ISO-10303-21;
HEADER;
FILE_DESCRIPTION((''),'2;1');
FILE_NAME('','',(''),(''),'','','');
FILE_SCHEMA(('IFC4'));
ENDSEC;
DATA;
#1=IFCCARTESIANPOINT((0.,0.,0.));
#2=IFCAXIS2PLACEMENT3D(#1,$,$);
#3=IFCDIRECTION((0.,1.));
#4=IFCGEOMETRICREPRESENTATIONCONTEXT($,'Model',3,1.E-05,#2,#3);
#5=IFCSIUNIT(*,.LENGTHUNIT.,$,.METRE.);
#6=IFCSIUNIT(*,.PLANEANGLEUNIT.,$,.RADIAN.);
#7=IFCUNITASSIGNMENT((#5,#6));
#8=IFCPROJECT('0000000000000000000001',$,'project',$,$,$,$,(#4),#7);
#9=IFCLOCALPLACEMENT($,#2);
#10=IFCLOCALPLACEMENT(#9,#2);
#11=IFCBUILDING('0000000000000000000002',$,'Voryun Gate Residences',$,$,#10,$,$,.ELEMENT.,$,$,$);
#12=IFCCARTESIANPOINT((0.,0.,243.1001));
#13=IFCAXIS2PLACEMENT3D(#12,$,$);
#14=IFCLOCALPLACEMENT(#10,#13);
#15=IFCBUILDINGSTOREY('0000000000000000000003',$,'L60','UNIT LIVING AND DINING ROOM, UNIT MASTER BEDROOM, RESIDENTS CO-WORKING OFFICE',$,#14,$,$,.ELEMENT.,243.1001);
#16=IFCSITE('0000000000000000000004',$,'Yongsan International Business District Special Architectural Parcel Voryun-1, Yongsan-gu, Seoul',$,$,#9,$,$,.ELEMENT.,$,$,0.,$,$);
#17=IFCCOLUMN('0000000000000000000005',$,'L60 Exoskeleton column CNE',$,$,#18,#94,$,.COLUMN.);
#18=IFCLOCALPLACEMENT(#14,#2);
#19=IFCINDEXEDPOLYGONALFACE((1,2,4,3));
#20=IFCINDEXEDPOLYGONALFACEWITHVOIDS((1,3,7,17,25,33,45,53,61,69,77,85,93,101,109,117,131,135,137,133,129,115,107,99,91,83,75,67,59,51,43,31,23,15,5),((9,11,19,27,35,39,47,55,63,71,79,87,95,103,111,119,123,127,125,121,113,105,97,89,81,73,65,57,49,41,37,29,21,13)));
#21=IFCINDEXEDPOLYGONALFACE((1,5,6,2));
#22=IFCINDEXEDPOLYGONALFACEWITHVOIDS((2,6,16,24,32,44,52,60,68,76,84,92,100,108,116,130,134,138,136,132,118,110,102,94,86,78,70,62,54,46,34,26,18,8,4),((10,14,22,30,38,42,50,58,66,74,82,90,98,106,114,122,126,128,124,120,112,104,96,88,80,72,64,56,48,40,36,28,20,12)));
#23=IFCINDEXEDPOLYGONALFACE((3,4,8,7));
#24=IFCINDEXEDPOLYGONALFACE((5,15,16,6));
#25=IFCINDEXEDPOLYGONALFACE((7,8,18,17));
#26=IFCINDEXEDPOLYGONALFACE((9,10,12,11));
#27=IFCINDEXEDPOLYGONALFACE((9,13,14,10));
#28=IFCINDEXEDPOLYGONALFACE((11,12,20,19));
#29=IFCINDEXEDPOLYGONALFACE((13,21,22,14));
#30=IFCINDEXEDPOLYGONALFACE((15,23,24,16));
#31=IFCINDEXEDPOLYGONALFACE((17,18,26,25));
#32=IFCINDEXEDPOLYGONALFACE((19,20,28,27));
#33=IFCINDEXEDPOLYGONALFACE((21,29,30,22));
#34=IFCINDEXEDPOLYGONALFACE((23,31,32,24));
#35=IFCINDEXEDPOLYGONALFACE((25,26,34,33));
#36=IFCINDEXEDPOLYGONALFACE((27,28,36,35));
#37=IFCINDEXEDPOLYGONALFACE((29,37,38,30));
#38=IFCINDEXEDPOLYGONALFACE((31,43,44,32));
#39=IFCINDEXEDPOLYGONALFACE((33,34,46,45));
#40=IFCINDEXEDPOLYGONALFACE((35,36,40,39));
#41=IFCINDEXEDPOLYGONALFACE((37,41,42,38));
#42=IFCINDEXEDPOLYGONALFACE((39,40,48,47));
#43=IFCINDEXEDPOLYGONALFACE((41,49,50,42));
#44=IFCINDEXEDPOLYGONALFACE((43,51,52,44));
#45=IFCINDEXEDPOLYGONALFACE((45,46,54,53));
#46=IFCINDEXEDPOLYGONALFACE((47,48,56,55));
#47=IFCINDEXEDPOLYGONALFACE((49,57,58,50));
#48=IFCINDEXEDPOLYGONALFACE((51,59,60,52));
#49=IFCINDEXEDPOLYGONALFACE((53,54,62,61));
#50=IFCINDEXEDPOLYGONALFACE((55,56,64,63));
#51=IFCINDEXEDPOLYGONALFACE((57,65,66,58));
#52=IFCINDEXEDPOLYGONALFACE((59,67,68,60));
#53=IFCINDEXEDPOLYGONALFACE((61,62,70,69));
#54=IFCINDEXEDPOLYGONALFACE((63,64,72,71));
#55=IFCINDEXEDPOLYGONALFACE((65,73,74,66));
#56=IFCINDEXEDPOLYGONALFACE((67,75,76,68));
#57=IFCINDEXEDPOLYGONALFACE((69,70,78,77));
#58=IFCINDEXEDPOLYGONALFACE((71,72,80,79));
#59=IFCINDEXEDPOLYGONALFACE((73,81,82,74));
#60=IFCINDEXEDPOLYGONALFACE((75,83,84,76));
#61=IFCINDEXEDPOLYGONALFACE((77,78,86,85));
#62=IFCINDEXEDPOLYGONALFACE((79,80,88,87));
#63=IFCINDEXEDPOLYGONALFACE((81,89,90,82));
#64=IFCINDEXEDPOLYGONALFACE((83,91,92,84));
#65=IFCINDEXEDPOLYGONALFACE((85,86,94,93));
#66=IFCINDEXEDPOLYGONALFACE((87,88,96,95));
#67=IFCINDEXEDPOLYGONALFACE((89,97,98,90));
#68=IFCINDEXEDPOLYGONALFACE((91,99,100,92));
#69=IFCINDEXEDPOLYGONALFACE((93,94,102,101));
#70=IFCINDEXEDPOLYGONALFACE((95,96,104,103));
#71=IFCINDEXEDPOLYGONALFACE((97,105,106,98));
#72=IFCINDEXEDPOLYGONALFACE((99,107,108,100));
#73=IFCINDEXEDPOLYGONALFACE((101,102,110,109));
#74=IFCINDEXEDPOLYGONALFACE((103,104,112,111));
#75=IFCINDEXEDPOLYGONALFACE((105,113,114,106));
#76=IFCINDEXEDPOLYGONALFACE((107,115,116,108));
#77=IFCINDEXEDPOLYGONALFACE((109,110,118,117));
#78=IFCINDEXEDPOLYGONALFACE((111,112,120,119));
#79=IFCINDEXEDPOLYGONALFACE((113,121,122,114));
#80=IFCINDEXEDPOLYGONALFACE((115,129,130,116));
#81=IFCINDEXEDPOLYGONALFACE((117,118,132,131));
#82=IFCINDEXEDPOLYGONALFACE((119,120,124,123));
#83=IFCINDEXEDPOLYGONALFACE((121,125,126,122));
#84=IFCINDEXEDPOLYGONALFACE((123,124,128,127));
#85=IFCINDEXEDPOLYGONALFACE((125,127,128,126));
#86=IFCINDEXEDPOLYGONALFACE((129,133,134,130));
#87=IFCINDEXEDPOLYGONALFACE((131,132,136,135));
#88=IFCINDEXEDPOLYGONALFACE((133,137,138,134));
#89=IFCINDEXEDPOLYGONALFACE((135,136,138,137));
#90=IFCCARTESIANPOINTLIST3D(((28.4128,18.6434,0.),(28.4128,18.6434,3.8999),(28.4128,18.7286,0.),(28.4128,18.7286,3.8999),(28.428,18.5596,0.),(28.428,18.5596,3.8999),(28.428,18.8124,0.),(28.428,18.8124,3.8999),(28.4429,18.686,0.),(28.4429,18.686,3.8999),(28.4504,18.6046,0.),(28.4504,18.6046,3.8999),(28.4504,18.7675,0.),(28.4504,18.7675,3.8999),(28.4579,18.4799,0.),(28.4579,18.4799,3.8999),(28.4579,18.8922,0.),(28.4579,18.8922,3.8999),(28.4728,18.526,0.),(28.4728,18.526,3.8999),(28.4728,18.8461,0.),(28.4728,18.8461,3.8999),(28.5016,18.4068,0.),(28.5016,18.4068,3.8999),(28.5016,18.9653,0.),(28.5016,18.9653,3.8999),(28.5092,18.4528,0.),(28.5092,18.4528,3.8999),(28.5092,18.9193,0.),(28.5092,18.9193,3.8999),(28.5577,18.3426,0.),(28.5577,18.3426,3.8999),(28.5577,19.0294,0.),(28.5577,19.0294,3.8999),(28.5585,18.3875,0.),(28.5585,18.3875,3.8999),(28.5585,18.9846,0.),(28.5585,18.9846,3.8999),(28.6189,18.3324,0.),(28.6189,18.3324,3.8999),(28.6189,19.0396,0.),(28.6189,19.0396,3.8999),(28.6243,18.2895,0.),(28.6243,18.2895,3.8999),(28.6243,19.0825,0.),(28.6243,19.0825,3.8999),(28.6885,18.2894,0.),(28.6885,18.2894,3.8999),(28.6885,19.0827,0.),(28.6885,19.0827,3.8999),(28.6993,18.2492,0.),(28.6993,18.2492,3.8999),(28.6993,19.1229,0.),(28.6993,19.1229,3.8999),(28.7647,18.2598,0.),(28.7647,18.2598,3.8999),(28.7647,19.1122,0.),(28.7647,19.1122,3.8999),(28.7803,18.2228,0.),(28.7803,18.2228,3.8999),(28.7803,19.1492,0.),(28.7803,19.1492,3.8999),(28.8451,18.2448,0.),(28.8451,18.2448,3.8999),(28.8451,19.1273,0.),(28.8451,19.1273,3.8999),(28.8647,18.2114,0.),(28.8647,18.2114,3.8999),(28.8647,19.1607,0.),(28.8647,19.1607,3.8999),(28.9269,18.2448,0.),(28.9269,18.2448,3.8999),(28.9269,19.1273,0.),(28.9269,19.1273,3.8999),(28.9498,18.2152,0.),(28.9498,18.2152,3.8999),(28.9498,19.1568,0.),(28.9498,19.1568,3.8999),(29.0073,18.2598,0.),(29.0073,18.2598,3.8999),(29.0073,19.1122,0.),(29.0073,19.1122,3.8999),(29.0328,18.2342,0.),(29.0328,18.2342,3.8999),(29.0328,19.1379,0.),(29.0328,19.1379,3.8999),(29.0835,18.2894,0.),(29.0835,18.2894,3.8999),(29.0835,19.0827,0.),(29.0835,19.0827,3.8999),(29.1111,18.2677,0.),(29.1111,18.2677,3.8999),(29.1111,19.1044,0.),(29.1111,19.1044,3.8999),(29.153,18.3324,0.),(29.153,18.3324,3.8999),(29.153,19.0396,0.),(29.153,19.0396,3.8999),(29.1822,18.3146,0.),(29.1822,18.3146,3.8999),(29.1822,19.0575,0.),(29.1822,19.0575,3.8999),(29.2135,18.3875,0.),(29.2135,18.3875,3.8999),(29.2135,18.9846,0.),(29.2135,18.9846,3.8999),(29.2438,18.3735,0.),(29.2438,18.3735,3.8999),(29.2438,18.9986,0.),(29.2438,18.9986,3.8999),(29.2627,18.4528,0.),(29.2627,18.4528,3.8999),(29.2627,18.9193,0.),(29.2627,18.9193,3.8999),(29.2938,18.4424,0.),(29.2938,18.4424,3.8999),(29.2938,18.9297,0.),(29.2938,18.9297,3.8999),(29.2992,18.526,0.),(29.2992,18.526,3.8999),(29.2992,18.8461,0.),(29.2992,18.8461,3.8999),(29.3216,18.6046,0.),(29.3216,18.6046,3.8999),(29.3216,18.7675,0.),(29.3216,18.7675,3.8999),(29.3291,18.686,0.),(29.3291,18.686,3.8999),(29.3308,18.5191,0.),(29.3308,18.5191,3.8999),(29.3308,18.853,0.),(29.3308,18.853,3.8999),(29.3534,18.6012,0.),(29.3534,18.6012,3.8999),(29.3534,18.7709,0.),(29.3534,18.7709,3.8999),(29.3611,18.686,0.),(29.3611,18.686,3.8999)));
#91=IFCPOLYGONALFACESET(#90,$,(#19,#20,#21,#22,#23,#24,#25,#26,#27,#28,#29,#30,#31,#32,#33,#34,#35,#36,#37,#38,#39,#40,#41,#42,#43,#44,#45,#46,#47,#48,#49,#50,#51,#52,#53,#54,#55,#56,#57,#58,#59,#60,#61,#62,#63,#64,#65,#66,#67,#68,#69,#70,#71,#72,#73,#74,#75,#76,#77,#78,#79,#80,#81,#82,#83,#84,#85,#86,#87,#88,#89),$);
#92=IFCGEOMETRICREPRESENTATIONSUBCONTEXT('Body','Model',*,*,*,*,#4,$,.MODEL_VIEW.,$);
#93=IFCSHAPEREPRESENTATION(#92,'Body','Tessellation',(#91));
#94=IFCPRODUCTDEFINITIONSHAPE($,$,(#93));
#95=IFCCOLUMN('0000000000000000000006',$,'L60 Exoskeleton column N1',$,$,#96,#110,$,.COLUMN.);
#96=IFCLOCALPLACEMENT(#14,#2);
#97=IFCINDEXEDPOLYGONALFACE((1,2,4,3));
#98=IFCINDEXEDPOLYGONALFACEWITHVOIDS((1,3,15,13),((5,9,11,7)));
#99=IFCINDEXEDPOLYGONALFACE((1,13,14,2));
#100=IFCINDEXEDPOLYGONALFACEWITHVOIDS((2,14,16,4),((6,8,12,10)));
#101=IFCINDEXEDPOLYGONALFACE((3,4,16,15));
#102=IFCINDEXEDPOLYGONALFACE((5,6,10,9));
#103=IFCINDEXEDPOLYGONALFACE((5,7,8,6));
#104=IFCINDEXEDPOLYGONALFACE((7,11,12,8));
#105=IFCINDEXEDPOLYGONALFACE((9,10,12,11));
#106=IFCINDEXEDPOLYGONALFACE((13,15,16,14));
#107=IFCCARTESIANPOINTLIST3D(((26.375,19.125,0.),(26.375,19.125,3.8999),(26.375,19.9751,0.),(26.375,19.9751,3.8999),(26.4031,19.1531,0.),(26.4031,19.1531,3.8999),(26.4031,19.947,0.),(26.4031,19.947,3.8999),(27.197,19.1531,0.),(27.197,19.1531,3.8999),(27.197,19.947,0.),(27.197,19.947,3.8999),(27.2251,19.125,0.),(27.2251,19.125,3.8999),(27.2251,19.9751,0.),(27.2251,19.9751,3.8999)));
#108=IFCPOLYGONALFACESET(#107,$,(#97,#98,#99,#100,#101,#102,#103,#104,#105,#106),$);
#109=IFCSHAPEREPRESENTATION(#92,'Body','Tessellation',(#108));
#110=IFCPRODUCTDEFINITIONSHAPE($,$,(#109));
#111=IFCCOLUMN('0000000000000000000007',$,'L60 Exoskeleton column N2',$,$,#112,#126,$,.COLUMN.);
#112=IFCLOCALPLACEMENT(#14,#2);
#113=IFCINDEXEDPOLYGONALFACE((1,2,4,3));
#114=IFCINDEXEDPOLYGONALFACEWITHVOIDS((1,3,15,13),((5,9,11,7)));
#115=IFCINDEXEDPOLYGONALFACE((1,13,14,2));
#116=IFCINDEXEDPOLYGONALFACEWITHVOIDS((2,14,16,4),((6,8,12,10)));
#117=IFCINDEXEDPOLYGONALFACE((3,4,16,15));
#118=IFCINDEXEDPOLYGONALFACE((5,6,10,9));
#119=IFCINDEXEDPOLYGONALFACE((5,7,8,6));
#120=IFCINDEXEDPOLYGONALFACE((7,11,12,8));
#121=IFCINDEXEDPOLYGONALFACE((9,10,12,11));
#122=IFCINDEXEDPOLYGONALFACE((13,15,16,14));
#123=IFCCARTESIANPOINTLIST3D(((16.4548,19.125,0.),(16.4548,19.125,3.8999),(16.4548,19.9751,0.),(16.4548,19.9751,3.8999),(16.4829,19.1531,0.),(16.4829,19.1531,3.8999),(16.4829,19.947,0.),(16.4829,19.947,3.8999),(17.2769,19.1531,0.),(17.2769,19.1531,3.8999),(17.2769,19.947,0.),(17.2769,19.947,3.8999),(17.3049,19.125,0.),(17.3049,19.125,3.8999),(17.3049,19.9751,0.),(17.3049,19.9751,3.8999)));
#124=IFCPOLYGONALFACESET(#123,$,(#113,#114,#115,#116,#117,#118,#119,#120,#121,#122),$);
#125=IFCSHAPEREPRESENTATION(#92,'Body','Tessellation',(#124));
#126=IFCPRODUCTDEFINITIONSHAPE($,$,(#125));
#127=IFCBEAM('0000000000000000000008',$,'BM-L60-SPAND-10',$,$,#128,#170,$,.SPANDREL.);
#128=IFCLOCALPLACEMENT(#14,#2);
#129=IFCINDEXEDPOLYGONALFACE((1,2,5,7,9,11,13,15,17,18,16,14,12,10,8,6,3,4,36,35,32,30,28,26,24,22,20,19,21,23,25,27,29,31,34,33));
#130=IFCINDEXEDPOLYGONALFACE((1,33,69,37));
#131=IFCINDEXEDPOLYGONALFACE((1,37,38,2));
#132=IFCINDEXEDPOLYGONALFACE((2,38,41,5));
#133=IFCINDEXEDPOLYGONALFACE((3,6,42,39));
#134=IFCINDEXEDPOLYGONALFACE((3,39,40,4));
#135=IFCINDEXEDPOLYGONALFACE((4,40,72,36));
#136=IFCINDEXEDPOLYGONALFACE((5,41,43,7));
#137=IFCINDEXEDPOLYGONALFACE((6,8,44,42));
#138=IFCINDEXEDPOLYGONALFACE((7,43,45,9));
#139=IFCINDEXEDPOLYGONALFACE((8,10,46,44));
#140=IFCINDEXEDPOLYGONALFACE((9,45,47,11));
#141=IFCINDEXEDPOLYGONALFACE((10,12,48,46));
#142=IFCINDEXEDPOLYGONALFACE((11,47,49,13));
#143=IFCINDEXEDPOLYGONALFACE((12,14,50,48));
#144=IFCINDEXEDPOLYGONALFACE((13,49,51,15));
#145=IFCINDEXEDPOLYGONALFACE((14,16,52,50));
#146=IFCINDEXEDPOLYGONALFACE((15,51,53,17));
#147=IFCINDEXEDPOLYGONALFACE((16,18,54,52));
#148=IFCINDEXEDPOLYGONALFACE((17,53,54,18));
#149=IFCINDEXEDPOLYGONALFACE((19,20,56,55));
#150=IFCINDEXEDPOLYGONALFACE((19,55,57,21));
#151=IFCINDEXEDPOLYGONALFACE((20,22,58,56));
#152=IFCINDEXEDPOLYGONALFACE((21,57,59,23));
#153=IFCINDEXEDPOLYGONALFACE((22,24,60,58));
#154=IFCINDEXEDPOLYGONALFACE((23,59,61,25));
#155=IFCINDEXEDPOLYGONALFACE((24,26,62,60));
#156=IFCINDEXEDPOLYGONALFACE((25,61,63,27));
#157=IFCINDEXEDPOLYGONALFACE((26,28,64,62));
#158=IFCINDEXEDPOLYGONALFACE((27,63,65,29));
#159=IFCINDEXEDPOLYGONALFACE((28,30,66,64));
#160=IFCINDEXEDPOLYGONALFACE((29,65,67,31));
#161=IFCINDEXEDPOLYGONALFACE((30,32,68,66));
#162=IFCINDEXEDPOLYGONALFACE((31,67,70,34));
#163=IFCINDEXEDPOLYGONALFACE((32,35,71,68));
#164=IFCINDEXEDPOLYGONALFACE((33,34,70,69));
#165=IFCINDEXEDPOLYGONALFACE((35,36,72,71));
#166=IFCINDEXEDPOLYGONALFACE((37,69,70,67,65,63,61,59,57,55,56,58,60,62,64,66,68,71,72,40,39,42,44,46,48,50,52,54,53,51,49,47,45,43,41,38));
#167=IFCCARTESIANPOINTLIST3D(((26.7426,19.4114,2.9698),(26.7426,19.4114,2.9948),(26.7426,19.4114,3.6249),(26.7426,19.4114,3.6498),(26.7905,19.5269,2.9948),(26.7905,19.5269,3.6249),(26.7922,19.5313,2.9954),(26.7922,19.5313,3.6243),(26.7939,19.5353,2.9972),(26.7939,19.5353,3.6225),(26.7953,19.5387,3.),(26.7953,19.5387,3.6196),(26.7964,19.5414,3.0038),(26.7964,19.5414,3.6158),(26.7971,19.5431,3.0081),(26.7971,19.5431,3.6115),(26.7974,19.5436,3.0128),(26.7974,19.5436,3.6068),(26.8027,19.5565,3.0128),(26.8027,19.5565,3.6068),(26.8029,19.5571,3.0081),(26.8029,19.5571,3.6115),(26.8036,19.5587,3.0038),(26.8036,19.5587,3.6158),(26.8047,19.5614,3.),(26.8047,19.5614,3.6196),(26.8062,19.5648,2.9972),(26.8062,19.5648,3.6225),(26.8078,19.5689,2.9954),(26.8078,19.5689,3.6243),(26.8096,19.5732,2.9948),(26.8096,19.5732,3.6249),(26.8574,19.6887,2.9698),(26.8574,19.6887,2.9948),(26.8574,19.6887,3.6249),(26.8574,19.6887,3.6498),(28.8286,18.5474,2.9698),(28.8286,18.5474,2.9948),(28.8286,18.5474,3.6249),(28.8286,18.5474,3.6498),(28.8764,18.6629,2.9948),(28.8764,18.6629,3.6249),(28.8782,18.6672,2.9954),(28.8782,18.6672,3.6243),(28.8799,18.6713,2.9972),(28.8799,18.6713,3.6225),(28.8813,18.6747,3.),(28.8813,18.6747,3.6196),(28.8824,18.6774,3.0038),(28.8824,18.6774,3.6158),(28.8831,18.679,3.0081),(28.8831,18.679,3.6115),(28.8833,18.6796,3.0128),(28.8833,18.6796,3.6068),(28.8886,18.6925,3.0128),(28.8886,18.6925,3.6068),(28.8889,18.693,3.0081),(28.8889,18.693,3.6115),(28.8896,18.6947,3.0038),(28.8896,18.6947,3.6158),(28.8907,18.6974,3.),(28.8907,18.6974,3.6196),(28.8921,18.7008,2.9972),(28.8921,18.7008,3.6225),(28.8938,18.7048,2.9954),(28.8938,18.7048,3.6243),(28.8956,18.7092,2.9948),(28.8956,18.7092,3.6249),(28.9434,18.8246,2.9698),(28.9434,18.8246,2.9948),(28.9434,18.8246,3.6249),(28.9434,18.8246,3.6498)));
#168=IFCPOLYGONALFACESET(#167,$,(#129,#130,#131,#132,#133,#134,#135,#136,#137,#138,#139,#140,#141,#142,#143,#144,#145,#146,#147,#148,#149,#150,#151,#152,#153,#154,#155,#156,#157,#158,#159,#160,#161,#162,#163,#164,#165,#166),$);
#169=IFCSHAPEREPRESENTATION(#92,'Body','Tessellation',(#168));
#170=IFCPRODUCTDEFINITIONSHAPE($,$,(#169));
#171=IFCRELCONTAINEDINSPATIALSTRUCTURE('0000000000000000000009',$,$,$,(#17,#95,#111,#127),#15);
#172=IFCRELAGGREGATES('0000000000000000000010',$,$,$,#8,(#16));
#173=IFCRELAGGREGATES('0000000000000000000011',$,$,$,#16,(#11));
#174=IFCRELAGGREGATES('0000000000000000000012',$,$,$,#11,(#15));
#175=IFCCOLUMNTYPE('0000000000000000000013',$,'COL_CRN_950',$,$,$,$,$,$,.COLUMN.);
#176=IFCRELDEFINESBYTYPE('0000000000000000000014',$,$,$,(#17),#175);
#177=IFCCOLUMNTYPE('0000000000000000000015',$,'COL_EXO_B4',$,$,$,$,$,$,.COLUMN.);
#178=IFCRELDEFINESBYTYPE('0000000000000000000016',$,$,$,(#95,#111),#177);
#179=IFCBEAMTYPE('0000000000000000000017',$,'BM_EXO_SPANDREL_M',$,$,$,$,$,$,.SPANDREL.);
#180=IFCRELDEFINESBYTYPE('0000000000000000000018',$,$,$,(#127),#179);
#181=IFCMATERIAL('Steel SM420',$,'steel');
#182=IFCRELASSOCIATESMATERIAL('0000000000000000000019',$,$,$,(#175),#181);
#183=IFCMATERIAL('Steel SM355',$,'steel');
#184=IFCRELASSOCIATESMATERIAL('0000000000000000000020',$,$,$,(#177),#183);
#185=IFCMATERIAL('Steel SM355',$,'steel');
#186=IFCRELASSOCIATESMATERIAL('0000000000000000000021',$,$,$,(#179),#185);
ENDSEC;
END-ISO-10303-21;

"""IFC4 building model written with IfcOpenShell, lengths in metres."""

from ifc_helpers import new_model, si_unit, direction, frame, origin, origin_2d, place, context, subcontext, project, spatial, hollow_rectangle, hollow_circle, i_section, extrude, material, material_profile, profile_set, type_object, element, save


model = new_model("IFC4")

# Units and contexts
model_context = context("Model", 3, precision=1e-05, world=origin(), true_north=direction((0.0, 1.0)))
body_context = subcontext(model_context, "Body", "Model", "MODEL_VIEW")
ifc_project = project(units=[si_unit("LENGTHUNIT", "METRE"), si_unit("PLANEANGLEUNIT", "RADIAN")], contexts=[model_context])

# Site, building, storey
site_placement = place(None, origin())
site = spatial("IfcSite", under=ifc_project, at=site_placement, Name="Yongsan International Business District Special Architectural Parcel Voryun-1, Yongsan-gu, Seoul", CompositionType="ELEMENT", RefElevation=0.0)
building_placement = place(site_placement, origin())
building = spatial("IfcBuilding", under=site, at=building_placement, Name="Voryun Gate Residences", CompositionType="ELEMENT")
storey_placement = place(building_placement, frame((0.0, 0.0, 243.1001)))
storey = spatial("IfcBuildingStorey", under=building, at=storey_placement, Name="L60", Description="UNIT LIVING AND DINING ROOM, UNIT MASTER BEDROOM, RESIDENTS CO-WORKING OFFICE", CompositionType="ELEMENT", Elevation=243.1001)

# Columns
ifc_material_1 = material(Name="Steel SM420", Category="steel")
ifc_material_profile_1 = material_profile(ifc_material_1, hollow_circle(Radius=0.4751, WallThickness=0.032, at=origin_2d()), Name="CHS-950x32")
ifc_profile_set_1 = profile_set([ifc_material_profile_1], Name="Steel SM420")
column_type_1 = type_object("IfcColumnType", Name="COL_CRN_950", PredefinedType="COLUMN", material=ifc_profile_set_1)
column_placement = place(storey_placement, frame((28.886, 18.686, 0.0), z_axis=(0.0, 0.0, 1.0), x_axis=(1.0, 0.0, 0.0)))
element("IfcColumn", 1, at=column_placement, inside=storey, type_object=column_type_1, Name="L60 Exoskeleton column CNE", PredefinedType="COLUMN", context=body_context, shape_type="SweptSolid", body=[
    extrude(hollow_circle(Radius=0.4751, WallThickness=0.032, at=origin_2d()), origin(), (0.0, 0.0, 1.0), 3.8999),
])
ifc_material_2 = material(Name="Steel SM355", Category="steel")
ifc_material_profile_2 = material_profile(ifc_material_2, hollow_rectangle(XDim=0.8501, YDim=0.8501, WallThickness=0.0281, at=origin_2d()), Name="BOX-850x850x28")
ifc_profile_set_2 = profile_set([ifc_material_profile_2], Name="Steel SM355")
column_type_2 = type_object("IfcColumnType", Name="COL_EXO_B4", PredefinedType="COLUMN", material=ifc_profile_set_2)
for number, where, z_axis, x_axis, name in (
    (2, (26.8, 19.55, 0.0), (0.0, 0.0, 1.0), (1.0, 0.0, 0.0), "L60 Exoskeleton column N1"),
    (3, (16.8799, 19.55, 0.0), (0.0, 0.0, 1.0), (1.0, 0.0, 0.0), "L60 Exoskeleton column N2"),
):
    element("IfcColumn", number, at=place(storey_placement, frame(where, z_axis=z_axis, x_axis=x_axis)), inside=storey, type_object=column_type_2, Name=name, PredefinedType="COLUMN", context=body_context, shape_type="SweptSolid", body=[
        extrude(hollow_rectangle(XDim=0.8501, YDim=0.8501, WallThickness=0.0281, at=origin_2d()), origin(), (0.0, 0.0, 1.0), 3.8999),
    ])

# Beam
ifc_material_3 = material(Name="Steel SM355", Category="steel")
ifc_material_profile_3 = material_profile(ifc_material_3, i_section(OverallWidth=0.3, OverallDepth=0.6799, WebThickness=0.0139, FlangeThickness=0.0249, FilletRadius=0.0181, at=origin_2d()), Name="H-680x300x14x25")
ifc_profile_set_3 = profile_set([ifc_material_profile_3], Name="Steel SM355")
beam_type = type_object("IfcBeamType", Name="BM_EXO_SPANDREL_M", PredefinedType="SPANDREL", material=ifc_profile_set_3)
beam_1_placement = place(storey_placement, frame((28.886, 18.686, 3.3098), z_axis=(-0.923881, 0.38268, 0.0), x_axis=(-0.38268, -0.923881, 0.0)))
element("IfcBeam", 4, at=beam_1_placement, inside=storey, type_object=beam_type, Name="BM-L60-SPAND-10", PredefinedType="SPANDREL", context=body_context, shape_type="SweptSolid", body=[
    extrude(i_section(OverallWidth=0.3, OverallDepth=0.6799, WebThickness=0.0139, FlangeThickness=0.0249, FilletRadius=0.0181, at=origin_2d()), origin(), (0.0, 0.0, 1.0), 2.2578),
])

save(model, "model.ifc")
